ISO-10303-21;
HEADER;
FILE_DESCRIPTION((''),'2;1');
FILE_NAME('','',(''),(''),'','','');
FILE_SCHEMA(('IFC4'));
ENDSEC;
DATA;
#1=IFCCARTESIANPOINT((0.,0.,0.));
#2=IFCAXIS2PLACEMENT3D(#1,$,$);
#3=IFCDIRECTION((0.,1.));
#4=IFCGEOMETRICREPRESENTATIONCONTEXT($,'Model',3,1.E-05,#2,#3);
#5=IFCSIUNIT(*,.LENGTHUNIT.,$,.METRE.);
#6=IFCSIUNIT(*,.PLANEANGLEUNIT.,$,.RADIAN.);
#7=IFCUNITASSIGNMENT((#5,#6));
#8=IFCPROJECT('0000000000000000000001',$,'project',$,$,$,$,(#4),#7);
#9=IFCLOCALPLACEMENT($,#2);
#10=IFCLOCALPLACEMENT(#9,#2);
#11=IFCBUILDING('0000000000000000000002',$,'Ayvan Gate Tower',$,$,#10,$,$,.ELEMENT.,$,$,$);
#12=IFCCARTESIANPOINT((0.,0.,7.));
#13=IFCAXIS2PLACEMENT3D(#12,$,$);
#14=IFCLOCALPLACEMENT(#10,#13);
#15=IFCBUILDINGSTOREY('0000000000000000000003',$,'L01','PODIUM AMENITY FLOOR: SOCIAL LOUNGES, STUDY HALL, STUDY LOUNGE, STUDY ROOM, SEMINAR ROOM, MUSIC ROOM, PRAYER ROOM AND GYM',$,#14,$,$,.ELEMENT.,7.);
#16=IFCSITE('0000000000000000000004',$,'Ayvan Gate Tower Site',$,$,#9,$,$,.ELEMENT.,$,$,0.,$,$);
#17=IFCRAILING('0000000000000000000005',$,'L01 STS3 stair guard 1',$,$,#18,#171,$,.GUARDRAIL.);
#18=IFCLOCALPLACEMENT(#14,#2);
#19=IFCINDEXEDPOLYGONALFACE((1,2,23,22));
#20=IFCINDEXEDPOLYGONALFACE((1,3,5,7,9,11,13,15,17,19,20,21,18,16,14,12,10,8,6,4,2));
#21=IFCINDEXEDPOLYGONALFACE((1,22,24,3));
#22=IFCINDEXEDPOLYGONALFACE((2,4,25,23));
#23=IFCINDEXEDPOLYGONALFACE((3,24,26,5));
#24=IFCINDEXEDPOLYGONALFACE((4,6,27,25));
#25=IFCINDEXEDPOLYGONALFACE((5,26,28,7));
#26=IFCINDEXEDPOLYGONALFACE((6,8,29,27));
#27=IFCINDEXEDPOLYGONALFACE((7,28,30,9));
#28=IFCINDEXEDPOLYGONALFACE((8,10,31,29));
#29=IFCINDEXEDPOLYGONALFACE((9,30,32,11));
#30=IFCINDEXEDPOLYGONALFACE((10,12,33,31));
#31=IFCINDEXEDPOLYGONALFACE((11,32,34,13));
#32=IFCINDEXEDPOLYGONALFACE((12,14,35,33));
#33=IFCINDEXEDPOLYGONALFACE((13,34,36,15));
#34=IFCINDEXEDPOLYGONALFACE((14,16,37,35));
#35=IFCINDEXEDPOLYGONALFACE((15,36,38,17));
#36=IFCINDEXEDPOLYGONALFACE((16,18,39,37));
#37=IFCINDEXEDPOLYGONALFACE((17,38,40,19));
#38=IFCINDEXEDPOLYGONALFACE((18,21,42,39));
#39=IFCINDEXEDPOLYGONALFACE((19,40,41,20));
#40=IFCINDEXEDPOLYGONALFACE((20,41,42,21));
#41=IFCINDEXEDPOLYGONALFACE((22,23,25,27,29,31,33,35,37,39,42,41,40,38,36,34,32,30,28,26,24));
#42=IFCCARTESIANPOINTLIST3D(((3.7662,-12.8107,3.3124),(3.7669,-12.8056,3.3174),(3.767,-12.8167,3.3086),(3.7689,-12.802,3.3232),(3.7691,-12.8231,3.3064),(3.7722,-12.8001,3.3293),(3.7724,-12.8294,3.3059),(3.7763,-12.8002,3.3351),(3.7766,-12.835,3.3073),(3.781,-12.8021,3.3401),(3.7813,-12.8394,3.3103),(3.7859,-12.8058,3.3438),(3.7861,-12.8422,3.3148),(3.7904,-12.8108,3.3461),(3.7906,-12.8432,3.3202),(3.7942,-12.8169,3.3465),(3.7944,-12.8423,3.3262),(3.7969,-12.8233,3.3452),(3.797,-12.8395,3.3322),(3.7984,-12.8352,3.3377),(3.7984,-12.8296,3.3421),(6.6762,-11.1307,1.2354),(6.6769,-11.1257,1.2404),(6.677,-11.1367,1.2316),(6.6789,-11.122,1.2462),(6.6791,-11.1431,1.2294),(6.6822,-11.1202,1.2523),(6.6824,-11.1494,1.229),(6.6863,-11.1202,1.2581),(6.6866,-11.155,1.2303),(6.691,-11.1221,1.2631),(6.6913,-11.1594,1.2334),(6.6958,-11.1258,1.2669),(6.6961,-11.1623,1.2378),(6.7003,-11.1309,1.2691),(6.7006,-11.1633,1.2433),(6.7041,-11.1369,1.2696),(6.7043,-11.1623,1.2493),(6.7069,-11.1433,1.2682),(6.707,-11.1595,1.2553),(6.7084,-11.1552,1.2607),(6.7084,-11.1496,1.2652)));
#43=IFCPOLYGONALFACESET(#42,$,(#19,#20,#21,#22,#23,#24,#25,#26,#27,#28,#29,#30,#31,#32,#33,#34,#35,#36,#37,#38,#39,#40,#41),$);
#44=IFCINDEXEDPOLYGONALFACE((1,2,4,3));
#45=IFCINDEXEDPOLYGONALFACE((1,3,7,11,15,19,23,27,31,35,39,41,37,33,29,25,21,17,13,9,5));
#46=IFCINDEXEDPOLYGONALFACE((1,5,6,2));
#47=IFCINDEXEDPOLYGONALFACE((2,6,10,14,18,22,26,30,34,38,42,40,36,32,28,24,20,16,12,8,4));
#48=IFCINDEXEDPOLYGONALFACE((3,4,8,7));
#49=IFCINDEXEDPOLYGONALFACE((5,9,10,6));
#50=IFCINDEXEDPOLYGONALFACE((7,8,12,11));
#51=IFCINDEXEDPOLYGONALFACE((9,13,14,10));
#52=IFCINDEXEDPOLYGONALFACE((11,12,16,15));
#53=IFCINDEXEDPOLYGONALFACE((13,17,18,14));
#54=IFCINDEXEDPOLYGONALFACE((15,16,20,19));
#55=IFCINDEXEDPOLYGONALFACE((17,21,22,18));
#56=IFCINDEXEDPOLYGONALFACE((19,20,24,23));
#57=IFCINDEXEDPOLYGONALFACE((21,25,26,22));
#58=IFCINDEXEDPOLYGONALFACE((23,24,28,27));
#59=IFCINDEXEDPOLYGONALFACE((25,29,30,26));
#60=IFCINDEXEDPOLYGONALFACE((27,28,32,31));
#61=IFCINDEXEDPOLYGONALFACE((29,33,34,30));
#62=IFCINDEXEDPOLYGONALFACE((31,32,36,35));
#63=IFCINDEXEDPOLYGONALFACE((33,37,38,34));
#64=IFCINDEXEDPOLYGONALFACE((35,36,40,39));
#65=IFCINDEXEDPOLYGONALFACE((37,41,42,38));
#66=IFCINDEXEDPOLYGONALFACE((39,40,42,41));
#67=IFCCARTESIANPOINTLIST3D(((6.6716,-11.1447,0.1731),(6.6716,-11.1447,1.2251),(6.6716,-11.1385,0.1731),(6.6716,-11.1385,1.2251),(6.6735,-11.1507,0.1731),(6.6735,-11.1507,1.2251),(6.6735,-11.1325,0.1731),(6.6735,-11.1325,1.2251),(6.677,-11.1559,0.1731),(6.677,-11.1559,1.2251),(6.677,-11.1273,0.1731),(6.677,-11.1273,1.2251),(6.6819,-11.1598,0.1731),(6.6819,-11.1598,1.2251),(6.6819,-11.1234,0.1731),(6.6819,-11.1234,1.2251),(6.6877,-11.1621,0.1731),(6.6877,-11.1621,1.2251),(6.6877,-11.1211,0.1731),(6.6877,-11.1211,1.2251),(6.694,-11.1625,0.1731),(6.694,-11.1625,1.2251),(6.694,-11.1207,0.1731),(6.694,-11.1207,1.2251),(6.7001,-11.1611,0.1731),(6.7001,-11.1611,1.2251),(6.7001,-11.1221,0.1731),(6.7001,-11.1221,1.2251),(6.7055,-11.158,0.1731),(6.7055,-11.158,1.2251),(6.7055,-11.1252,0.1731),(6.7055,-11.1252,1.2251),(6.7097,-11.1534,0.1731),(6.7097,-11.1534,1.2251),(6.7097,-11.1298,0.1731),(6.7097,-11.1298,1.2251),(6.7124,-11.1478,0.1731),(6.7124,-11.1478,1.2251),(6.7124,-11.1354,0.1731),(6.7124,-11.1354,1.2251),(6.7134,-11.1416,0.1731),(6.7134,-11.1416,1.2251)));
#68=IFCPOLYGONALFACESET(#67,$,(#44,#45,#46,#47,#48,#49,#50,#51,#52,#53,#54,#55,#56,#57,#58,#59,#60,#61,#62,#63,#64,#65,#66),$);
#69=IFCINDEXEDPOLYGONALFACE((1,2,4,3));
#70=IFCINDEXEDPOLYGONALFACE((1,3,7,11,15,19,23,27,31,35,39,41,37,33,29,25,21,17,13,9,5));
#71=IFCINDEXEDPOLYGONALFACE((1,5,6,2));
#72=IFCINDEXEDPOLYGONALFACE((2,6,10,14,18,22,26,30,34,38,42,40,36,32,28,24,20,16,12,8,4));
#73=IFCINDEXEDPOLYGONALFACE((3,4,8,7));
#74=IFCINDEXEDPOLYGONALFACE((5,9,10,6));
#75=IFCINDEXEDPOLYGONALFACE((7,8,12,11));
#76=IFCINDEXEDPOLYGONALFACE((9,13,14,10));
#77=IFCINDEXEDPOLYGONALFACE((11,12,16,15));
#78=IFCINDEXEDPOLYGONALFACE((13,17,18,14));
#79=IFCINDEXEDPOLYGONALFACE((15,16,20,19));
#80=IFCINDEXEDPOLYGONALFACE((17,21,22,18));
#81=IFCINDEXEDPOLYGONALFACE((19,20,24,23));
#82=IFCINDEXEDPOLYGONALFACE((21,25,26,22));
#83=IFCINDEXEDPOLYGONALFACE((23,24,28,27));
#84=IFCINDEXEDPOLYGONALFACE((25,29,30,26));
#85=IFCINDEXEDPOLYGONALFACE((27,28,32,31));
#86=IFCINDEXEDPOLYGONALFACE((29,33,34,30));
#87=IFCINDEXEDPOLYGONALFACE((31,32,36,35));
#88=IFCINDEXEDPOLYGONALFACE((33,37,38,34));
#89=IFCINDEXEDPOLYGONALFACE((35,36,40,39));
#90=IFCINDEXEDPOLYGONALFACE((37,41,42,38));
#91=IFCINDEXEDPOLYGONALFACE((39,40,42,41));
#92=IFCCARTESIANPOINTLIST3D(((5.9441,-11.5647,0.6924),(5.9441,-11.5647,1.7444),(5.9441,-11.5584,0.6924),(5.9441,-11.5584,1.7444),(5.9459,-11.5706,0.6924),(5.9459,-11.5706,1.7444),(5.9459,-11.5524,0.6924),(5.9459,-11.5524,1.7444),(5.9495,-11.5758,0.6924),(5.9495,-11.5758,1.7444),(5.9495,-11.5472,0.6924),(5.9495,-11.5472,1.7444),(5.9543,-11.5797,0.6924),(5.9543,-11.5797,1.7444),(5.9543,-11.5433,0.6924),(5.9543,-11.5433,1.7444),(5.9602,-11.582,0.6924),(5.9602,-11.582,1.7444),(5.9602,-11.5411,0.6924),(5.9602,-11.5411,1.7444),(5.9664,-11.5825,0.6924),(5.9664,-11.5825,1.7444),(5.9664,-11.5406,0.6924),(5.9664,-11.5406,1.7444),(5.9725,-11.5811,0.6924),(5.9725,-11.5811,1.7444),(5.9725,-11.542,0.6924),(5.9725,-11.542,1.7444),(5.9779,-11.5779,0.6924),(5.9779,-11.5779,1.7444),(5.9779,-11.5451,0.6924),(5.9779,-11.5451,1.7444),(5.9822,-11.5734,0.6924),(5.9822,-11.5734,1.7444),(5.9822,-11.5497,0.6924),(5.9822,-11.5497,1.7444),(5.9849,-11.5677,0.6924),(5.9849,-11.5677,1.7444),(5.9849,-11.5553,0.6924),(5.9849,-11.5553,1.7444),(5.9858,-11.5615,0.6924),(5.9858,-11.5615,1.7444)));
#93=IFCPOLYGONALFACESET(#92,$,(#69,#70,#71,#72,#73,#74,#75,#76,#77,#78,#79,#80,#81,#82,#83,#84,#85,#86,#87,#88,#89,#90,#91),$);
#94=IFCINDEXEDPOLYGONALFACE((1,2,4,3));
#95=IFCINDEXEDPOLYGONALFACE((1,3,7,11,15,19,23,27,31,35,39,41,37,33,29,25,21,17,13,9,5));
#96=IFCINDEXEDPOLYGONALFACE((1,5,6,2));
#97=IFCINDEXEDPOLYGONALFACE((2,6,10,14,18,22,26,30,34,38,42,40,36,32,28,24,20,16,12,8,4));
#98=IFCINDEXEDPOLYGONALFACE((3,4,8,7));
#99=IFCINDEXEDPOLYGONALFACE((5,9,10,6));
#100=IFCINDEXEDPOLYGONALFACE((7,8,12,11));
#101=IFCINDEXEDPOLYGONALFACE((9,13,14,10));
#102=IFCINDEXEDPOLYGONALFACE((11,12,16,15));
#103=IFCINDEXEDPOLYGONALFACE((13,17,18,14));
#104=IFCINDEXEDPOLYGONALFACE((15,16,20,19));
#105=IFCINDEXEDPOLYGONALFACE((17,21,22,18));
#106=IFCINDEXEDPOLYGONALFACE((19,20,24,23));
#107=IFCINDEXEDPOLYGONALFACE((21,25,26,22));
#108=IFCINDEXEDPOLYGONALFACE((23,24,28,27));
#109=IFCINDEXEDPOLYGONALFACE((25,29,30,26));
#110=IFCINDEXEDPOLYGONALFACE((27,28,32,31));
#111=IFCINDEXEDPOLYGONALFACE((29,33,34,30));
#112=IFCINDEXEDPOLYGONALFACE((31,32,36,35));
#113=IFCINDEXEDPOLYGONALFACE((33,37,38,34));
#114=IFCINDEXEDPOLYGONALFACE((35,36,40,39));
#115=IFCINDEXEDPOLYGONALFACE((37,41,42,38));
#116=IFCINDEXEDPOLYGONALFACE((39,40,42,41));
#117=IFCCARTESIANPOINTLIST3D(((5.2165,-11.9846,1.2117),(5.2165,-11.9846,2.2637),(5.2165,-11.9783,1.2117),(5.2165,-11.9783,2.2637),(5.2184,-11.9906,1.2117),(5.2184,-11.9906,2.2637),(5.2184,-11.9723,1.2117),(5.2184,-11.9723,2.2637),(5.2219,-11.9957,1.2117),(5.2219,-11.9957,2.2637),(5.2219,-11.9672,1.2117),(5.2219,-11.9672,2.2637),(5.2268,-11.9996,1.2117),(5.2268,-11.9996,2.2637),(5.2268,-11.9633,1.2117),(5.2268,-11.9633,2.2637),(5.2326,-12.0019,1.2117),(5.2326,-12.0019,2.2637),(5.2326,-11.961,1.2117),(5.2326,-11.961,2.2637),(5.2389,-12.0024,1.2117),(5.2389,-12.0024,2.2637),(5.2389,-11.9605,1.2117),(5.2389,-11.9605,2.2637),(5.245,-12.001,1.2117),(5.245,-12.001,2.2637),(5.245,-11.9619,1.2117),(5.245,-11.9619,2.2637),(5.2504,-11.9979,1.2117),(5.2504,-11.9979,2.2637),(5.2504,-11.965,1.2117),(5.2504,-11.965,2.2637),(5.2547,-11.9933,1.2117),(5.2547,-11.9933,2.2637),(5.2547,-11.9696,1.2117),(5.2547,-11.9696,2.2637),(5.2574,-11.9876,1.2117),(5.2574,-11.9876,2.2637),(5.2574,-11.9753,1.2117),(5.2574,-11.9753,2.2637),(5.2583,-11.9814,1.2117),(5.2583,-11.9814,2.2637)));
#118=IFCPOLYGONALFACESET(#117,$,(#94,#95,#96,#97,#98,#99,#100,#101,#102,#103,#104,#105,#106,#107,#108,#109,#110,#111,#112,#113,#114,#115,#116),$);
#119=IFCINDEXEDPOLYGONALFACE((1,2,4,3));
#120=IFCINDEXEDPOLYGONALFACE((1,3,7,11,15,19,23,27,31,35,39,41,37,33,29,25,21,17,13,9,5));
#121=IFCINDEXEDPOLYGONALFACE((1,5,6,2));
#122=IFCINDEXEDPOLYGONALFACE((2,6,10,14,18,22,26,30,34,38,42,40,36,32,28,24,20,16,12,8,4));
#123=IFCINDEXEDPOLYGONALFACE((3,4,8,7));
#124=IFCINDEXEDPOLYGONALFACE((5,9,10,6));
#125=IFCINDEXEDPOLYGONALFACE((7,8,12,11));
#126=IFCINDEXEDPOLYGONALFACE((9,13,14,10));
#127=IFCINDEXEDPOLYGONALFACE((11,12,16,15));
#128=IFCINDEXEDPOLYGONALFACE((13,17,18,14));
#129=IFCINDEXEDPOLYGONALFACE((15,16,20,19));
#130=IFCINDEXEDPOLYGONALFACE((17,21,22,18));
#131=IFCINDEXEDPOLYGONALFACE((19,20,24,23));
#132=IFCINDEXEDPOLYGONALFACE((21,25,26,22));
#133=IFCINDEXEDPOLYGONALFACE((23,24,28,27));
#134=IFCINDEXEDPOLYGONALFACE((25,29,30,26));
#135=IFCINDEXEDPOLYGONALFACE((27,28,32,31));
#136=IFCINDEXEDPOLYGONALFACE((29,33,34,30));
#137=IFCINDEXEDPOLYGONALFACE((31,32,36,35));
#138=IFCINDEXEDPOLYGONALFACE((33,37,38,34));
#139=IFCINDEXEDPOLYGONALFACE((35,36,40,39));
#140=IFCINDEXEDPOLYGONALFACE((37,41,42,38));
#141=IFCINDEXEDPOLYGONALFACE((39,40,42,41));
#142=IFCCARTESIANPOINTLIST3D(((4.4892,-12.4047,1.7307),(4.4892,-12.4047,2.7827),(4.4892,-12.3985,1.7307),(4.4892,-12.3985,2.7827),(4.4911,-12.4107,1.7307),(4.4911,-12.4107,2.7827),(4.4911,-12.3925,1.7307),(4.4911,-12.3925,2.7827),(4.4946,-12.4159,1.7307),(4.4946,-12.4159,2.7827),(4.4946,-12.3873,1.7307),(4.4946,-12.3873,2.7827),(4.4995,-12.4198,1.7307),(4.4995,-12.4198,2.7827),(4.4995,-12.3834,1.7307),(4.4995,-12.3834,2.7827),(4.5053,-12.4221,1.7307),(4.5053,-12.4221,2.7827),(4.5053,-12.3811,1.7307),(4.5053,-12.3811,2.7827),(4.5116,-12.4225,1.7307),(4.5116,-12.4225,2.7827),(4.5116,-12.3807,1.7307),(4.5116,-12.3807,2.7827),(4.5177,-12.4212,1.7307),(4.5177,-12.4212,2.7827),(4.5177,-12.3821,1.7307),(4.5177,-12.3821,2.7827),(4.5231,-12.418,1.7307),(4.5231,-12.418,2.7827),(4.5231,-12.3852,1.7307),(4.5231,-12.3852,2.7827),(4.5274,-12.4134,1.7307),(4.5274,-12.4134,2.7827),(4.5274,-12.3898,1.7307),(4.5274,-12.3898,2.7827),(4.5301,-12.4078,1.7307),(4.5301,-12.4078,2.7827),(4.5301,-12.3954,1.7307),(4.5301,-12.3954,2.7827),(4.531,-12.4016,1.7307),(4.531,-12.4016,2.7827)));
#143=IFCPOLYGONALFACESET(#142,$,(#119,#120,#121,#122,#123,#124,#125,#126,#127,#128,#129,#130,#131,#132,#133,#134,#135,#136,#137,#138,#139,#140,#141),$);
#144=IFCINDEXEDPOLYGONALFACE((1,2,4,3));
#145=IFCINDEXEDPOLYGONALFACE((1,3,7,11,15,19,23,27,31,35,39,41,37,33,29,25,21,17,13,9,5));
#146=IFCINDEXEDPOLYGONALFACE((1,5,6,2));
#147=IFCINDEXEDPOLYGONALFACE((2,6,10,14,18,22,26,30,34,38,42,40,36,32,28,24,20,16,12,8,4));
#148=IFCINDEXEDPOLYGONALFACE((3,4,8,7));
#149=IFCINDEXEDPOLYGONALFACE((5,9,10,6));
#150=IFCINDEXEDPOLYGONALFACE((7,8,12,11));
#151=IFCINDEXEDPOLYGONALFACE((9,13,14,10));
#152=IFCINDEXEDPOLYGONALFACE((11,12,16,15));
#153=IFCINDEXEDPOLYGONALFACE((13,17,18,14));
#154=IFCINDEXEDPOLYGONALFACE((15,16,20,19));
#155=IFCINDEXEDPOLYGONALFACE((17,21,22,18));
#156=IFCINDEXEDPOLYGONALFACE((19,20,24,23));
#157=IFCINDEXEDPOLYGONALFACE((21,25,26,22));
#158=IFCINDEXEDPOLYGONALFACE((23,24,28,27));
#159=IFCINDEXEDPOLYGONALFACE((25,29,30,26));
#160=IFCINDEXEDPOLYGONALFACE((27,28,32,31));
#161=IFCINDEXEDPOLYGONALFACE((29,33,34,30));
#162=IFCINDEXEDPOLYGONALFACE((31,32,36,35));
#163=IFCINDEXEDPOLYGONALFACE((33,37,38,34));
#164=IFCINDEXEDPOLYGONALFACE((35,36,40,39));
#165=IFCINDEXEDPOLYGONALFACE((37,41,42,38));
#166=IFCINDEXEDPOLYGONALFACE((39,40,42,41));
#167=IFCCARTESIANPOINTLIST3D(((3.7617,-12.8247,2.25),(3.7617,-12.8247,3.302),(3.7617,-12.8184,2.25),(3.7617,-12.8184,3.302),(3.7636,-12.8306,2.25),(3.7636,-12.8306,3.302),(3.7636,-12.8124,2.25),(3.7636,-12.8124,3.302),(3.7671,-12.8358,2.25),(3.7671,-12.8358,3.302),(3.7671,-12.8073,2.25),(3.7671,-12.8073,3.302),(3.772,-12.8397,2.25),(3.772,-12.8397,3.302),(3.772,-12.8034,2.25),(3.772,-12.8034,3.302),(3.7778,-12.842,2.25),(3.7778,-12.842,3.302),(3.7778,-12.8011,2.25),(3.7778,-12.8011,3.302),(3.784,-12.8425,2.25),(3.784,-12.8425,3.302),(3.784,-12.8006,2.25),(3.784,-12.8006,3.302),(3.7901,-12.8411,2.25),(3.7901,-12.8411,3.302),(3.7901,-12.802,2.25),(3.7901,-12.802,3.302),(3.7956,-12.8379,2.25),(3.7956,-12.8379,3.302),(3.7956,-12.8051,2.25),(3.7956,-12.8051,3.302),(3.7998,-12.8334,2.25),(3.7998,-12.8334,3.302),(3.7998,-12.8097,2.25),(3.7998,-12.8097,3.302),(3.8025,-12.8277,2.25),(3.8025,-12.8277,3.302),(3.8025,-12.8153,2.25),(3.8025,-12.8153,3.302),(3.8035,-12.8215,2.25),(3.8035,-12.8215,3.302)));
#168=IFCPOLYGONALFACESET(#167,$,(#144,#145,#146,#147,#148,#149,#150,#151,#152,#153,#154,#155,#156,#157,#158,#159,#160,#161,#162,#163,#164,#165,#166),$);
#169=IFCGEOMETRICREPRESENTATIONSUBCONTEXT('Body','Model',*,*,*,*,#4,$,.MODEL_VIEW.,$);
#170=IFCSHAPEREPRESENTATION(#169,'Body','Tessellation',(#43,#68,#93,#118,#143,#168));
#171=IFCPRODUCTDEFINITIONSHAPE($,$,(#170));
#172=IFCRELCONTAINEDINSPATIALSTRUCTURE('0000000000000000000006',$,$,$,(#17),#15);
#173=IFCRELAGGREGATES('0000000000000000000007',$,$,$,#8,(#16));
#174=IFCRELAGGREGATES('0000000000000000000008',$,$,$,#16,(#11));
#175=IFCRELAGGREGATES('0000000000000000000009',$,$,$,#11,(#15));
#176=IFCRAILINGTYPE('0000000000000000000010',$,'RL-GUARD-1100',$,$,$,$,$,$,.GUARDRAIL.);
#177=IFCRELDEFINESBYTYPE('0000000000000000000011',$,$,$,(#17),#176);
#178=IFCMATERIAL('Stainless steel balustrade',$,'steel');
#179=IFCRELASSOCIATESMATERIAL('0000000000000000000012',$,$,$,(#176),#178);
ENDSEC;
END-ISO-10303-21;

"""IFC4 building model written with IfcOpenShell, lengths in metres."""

from ifc_helpers import new_model, si_unit, direction, frame, origin, origin_2d, place, context, subcontext, project, spatial, circle, extrude, material, type_object, element, save


model = new_model("IFC4")

# Units and contexts
model_context = context("Model", 3, precision=1e-05, world=origin(), true_north=direction((0.0, 1.0)))
body_context = subcontext(model_context, "Body", "Model", "MODEL_VIEW")
ifc_project = project(units=[si_unit("LENGTHUNIT", "METRE"), si_unit("PLANEANGLEUNIT", "RADIAN")], contexts=[model_context])

# Site, building, storey
site_placement = place(None, origin())
site = spatial("IfcSite", under=ifc_project, at=site_placement, Name="Ayvan Gate Tower Site", CompositionType="ELEMENT", RefElevation=0.0)
building_placement = place(site_placement, origin())
building = spatial("IfcBuilding", under=site, at=building_placement, Name="Ayvan Gate Tower", CompositionType="ELEMENT")
storey_placement = place(building_placement, frame((0.0, 0.0, 7.0)))
storey = spatial("IfcBuildingStorey", under=building, at=storey_placement, Name="L01", Description="PODIUM AMENITY FLOOR: SOCIAL LOUNGES, STUDY HALL, STUDY LOUNGE, STUDY ROOM, SEMINAR ROOM, MUSIC ROOM, PRAYER ROOM AND GYM", CompositionType="ELEMENT", Elevation=7.0)

# Railing
ifc_material_1 = material(Name="Stainless steel balustrade", Category="steel")
railing_type_1 = type_object("IfcRailingType", Name="RL-GUARD-1100", PredefinedType="GUARDRAIL", material=ifc_material_1)
railing_1_placement = place(storey_placement, frame((6.6924, -11.1416, 0.1731)))
element("IfcRailing", 1, at=railing_1_placement, inside=storey, type_object=railing_type_1, Name="L01 STS3 stair guard 1", PredefinedType="GUARDRAIL", context=body_context, shape_type="SweptSolid", body=[
    extrude(circle(Radius=0.0239, at=origin_2d()), frame((0.0, 0.0, 1.0762), z_axis=(-0.736668, -0.425288, 0.525785), x_axis=(0.499976, -0.866039, 0.0)), (0.0, 0.0, 1.0), 3.9502),
    extrude(circle(Radius=0.021, at=origin_2d()), origin(), (0.0, 0.0, 1.0), 1.052),
    extrude(circle(Radius=0.021, at=origin_2d()), frame((-0.7275, -0.4199, 0.5193)), (0.0, 0.0, 1.0), 1.052),
    extrude(circle(Radius=0.021, at=origin_2d()), frame((-1.4551, -0.8398, 1.0386)), (0.0, 0.0, 1.0), 1.052),
    extrude(circle(Radius=0.021, at=origin_2d()), frame((-2.1824, -1.26, 1.5576)), (0.0, 0.0, 1.0), 1.052),
    extrude(circle(Radius=0.021, at=origin_2d()), frame((-2.9099, -1.6799, 2.0769)), (0.0, 0.0, 1.0), 1.052),
])

save(model, "model.ifc")
